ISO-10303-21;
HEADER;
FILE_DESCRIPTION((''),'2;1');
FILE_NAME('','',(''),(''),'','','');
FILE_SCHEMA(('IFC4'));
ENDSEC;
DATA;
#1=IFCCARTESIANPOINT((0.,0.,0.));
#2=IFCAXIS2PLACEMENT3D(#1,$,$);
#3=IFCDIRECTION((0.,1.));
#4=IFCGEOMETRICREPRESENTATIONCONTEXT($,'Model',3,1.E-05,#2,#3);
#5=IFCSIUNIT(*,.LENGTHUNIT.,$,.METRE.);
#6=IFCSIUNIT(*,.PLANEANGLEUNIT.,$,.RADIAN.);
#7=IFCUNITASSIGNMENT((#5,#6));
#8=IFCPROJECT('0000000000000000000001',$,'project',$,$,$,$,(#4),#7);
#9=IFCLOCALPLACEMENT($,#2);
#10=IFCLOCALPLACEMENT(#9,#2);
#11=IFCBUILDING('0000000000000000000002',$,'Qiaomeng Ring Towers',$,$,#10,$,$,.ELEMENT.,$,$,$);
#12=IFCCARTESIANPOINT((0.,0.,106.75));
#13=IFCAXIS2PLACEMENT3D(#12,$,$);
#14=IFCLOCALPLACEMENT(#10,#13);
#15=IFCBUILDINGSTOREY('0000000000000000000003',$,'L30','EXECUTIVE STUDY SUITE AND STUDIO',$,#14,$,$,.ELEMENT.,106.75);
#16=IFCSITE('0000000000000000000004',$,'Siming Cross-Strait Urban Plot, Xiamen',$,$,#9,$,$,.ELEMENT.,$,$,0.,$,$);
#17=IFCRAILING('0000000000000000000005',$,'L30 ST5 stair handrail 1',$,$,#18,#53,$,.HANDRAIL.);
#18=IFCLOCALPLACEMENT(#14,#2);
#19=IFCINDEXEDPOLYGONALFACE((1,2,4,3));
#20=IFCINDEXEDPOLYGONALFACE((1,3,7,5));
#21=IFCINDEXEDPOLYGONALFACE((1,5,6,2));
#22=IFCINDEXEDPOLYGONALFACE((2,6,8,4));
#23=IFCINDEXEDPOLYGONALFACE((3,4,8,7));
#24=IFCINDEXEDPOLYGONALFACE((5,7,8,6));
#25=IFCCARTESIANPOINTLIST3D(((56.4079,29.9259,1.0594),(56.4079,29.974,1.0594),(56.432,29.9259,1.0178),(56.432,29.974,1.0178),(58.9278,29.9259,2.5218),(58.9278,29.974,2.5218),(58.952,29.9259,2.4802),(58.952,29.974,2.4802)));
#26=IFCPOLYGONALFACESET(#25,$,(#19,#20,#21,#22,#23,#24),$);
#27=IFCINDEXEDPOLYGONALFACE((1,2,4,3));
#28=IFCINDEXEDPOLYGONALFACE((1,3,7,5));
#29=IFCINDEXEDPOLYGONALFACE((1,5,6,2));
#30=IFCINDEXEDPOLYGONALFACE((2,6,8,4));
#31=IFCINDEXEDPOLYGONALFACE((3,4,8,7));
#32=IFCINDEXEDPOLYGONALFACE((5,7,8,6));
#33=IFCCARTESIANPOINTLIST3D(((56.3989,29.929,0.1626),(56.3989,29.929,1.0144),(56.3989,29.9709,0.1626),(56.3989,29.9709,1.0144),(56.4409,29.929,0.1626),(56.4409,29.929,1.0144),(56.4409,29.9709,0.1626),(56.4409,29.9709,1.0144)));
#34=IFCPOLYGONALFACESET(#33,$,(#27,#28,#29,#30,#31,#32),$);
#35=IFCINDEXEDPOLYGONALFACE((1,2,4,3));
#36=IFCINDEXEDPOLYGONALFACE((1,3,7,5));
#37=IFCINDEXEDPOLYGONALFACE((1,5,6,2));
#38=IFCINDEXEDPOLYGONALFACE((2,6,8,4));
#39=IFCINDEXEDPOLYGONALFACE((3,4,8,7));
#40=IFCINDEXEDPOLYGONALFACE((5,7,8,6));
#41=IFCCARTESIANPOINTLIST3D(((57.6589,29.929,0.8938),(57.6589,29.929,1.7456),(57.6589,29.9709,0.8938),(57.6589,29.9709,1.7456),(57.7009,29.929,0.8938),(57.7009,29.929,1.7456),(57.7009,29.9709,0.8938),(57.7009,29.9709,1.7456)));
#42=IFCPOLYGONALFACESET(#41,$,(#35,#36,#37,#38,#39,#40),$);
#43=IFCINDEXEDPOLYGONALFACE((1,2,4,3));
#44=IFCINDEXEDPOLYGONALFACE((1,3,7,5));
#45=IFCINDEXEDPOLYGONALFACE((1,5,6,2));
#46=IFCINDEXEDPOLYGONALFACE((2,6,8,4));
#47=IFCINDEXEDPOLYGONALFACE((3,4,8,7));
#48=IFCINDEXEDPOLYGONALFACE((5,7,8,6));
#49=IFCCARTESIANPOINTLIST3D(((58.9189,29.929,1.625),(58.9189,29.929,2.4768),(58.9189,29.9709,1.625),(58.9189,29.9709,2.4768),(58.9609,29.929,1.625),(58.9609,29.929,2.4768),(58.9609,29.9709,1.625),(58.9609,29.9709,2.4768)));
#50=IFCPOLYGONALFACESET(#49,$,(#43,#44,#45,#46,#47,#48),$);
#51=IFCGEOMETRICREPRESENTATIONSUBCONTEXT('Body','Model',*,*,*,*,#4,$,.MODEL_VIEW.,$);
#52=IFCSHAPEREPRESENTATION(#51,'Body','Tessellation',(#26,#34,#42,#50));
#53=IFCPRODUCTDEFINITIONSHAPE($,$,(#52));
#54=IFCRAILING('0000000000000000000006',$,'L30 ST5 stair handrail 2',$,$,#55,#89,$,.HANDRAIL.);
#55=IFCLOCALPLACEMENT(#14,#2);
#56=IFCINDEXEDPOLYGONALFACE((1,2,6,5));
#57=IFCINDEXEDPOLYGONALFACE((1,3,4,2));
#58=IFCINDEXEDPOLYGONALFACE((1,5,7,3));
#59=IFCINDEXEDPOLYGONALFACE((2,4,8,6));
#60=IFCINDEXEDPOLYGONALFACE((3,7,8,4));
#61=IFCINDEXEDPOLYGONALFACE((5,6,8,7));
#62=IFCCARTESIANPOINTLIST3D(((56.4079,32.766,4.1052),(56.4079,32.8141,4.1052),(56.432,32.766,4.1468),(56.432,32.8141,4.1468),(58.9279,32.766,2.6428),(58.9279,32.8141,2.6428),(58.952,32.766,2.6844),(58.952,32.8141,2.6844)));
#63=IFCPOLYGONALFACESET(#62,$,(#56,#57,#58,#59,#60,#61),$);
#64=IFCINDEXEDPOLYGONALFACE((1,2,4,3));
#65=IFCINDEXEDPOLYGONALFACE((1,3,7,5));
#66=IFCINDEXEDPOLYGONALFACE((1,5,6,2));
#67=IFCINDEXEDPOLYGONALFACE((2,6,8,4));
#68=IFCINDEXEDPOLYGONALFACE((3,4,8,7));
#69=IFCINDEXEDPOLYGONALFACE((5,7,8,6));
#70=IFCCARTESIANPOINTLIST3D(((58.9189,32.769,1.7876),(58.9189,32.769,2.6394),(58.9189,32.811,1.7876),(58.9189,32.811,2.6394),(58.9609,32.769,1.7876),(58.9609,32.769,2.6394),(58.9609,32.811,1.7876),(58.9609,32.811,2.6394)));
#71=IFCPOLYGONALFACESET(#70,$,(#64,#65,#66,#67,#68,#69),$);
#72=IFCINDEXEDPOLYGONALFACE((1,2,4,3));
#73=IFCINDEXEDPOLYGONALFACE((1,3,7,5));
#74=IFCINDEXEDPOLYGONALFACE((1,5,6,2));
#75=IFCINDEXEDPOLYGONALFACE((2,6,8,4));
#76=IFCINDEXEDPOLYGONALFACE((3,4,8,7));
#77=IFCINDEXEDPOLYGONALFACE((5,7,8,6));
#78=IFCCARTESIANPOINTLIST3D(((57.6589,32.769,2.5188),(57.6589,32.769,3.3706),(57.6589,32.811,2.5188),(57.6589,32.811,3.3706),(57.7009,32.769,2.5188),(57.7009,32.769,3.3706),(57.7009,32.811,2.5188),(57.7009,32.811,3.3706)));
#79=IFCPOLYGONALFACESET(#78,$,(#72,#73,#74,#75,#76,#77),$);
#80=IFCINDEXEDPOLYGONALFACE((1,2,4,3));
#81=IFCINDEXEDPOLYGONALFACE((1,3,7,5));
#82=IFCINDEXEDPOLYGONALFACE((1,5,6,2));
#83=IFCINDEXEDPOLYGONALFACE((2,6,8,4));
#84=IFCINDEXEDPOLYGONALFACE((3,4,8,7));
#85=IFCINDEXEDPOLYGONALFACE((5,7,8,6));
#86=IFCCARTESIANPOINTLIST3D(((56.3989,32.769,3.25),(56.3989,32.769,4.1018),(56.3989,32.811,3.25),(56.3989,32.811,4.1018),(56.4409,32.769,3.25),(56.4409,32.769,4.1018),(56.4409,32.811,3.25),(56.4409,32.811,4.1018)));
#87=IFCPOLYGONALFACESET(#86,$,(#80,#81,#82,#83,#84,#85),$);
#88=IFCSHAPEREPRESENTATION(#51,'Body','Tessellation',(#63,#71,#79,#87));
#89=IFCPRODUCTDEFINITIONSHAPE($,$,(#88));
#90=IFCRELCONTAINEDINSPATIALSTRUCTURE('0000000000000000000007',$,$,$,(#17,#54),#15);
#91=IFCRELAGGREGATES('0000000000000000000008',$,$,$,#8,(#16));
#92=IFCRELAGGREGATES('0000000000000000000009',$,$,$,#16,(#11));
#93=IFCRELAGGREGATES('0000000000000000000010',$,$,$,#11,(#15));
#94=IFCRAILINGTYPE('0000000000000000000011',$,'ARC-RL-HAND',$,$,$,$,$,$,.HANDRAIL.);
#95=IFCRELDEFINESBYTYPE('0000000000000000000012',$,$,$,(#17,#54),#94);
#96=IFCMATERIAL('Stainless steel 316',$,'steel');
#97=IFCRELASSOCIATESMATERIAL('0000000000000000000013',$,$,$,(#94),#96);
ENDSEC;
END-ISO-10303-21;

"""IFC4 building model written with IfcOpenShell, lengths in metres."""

from ifc_helpers import new_model, si_unit, direction, frame, origin, origin_2d, place, context, subcontext, project, spatial, rectangle, extrude, material, type_object, element, save


model = new_model("IFC4")

# Units and contexts
model_context = context("Model", 3, precision=1e-05, world=origin(), true_north=direction((0.0, 1.0)))
body_context = subcontext(model_context, "Body", "Model", "MODEL_VIEW")
ifc_project = project(units=[si_unit("LENGTHUNIT", "METRE"), si_unit("PLANEANGLEUNIT", "RADIAN")], contexts=[model_context])

# Site, building, storey
site_placement = place(None, origin())
site = spatial("IfcSite", under=ifc_project, at=site_placement, Name="Siming Cross-Strait Urban Plot, Xiamen", CompositionType="ELEMENT", RefElevation=0.0)
building_placement = place(site_placement, origin())
building = spatial("IfcBuilding", under=site, at=building_placement, Name="Qiaomeng Ring Towers", CompositionType="ELEMENT")
storey_placement = place(building_placement, frame((0.0, 0.0, 106.75)))
storey = spatial("IfcBuildingStorey", under=building, at=storey_placement, Name="L30", Description="EXECUTIVE STUDY SUITE AND STUDIO", CompositionType="ELEMENT", Elevation=106.75)

# Shared definitions
ifc_material_1 = material(Name="Stainless steel 316", Category="steel")

# Railings
railing_type_1 = type_object("IfcRailingType", Name="ARC-RL-HAND", PredefinedType="HANDRAIL", material=ifc_material_1)
railing_1_placement = place(storey_placement, frame((56.4199, 29.95, 0.1626)))
element("IfcRailing", 1, at=railing_1_placement, inside=storey, type_object=railing_type_1, Name="L30 ST5 stair handrail 1", PredefinedType="HANDRAIL", context=body_context, shape_type="SweptSolid", body=[
    extrude(rectangle(XDim=0.0481, YDim=0.0481, at=origin_2d()), frame((0.0, 0.0, 0.876), z_axis=(0.864913, 0.0, 0.501921), x_axis=(0.0, 1.0, 0.0)), (0.0, 0.0, 1.0), 2.9136),
    extrude(rectangle(XDim=0.042, YDim=0.042, at=origin_2d()), origin(), (0.0, 0.0, 1.0), 0.8518),
    extrude(rectangle(XDim=0.042, YDim=0.042, at=origin_2d()), frame((1.26, 0.0, 0.7312)), (0.0, 0.0, 1.0), 0.8518),
    extrude(rectangle(XDim=0.042, YDim=0.042, at=origin_2d()), frame((2.52, 0.0, 1.4624)), (0.0, 0.0, 1.0), 0.8518),
])
railing_2_placement = place(storey_placement, frame((58.9399, 32.79, 1.7876)))
element("IfcRailing", 2, at=railing_2_placement, inside=storey, type_object=railing_type_1, Name="L30 ST5 stair handrail 2", PredefinedType="HANDRAIL", context=body_context, shape_type="SweptSolid", body=[
    extrude(rectangle(XDim=0.0481, YDim=0.0481, at=origin_2d()), frame((0.0, 0.0, 0.876), z_axis=(-0.864913, 0.0, 0.501921), x_axis=(0.0, -1.0, 0.0)), (0.0, 0.0, 1.0), 2.9136),
    extrude(rectangle(XDim=0.042, YDim=0.042, at=origin_2d()), origin(), (0.0, 0.0, 1.0), 0.8518),
    extrude(rectangle(XDim=0.042, YDim=0.042, at=origin_2d()), frame((-1.26, 0.0, 0.7312)), (0.0, 0.0, 1.0), 0.8518),
    extrude(rectangle(XDim=0.042, YDim=0.042, at=origin_2d()), frame((-2.52, 0.0, 1.4624)), (0.0, 0.0, 1.0), 0.8518),
])

save(model, "model.ifc")
